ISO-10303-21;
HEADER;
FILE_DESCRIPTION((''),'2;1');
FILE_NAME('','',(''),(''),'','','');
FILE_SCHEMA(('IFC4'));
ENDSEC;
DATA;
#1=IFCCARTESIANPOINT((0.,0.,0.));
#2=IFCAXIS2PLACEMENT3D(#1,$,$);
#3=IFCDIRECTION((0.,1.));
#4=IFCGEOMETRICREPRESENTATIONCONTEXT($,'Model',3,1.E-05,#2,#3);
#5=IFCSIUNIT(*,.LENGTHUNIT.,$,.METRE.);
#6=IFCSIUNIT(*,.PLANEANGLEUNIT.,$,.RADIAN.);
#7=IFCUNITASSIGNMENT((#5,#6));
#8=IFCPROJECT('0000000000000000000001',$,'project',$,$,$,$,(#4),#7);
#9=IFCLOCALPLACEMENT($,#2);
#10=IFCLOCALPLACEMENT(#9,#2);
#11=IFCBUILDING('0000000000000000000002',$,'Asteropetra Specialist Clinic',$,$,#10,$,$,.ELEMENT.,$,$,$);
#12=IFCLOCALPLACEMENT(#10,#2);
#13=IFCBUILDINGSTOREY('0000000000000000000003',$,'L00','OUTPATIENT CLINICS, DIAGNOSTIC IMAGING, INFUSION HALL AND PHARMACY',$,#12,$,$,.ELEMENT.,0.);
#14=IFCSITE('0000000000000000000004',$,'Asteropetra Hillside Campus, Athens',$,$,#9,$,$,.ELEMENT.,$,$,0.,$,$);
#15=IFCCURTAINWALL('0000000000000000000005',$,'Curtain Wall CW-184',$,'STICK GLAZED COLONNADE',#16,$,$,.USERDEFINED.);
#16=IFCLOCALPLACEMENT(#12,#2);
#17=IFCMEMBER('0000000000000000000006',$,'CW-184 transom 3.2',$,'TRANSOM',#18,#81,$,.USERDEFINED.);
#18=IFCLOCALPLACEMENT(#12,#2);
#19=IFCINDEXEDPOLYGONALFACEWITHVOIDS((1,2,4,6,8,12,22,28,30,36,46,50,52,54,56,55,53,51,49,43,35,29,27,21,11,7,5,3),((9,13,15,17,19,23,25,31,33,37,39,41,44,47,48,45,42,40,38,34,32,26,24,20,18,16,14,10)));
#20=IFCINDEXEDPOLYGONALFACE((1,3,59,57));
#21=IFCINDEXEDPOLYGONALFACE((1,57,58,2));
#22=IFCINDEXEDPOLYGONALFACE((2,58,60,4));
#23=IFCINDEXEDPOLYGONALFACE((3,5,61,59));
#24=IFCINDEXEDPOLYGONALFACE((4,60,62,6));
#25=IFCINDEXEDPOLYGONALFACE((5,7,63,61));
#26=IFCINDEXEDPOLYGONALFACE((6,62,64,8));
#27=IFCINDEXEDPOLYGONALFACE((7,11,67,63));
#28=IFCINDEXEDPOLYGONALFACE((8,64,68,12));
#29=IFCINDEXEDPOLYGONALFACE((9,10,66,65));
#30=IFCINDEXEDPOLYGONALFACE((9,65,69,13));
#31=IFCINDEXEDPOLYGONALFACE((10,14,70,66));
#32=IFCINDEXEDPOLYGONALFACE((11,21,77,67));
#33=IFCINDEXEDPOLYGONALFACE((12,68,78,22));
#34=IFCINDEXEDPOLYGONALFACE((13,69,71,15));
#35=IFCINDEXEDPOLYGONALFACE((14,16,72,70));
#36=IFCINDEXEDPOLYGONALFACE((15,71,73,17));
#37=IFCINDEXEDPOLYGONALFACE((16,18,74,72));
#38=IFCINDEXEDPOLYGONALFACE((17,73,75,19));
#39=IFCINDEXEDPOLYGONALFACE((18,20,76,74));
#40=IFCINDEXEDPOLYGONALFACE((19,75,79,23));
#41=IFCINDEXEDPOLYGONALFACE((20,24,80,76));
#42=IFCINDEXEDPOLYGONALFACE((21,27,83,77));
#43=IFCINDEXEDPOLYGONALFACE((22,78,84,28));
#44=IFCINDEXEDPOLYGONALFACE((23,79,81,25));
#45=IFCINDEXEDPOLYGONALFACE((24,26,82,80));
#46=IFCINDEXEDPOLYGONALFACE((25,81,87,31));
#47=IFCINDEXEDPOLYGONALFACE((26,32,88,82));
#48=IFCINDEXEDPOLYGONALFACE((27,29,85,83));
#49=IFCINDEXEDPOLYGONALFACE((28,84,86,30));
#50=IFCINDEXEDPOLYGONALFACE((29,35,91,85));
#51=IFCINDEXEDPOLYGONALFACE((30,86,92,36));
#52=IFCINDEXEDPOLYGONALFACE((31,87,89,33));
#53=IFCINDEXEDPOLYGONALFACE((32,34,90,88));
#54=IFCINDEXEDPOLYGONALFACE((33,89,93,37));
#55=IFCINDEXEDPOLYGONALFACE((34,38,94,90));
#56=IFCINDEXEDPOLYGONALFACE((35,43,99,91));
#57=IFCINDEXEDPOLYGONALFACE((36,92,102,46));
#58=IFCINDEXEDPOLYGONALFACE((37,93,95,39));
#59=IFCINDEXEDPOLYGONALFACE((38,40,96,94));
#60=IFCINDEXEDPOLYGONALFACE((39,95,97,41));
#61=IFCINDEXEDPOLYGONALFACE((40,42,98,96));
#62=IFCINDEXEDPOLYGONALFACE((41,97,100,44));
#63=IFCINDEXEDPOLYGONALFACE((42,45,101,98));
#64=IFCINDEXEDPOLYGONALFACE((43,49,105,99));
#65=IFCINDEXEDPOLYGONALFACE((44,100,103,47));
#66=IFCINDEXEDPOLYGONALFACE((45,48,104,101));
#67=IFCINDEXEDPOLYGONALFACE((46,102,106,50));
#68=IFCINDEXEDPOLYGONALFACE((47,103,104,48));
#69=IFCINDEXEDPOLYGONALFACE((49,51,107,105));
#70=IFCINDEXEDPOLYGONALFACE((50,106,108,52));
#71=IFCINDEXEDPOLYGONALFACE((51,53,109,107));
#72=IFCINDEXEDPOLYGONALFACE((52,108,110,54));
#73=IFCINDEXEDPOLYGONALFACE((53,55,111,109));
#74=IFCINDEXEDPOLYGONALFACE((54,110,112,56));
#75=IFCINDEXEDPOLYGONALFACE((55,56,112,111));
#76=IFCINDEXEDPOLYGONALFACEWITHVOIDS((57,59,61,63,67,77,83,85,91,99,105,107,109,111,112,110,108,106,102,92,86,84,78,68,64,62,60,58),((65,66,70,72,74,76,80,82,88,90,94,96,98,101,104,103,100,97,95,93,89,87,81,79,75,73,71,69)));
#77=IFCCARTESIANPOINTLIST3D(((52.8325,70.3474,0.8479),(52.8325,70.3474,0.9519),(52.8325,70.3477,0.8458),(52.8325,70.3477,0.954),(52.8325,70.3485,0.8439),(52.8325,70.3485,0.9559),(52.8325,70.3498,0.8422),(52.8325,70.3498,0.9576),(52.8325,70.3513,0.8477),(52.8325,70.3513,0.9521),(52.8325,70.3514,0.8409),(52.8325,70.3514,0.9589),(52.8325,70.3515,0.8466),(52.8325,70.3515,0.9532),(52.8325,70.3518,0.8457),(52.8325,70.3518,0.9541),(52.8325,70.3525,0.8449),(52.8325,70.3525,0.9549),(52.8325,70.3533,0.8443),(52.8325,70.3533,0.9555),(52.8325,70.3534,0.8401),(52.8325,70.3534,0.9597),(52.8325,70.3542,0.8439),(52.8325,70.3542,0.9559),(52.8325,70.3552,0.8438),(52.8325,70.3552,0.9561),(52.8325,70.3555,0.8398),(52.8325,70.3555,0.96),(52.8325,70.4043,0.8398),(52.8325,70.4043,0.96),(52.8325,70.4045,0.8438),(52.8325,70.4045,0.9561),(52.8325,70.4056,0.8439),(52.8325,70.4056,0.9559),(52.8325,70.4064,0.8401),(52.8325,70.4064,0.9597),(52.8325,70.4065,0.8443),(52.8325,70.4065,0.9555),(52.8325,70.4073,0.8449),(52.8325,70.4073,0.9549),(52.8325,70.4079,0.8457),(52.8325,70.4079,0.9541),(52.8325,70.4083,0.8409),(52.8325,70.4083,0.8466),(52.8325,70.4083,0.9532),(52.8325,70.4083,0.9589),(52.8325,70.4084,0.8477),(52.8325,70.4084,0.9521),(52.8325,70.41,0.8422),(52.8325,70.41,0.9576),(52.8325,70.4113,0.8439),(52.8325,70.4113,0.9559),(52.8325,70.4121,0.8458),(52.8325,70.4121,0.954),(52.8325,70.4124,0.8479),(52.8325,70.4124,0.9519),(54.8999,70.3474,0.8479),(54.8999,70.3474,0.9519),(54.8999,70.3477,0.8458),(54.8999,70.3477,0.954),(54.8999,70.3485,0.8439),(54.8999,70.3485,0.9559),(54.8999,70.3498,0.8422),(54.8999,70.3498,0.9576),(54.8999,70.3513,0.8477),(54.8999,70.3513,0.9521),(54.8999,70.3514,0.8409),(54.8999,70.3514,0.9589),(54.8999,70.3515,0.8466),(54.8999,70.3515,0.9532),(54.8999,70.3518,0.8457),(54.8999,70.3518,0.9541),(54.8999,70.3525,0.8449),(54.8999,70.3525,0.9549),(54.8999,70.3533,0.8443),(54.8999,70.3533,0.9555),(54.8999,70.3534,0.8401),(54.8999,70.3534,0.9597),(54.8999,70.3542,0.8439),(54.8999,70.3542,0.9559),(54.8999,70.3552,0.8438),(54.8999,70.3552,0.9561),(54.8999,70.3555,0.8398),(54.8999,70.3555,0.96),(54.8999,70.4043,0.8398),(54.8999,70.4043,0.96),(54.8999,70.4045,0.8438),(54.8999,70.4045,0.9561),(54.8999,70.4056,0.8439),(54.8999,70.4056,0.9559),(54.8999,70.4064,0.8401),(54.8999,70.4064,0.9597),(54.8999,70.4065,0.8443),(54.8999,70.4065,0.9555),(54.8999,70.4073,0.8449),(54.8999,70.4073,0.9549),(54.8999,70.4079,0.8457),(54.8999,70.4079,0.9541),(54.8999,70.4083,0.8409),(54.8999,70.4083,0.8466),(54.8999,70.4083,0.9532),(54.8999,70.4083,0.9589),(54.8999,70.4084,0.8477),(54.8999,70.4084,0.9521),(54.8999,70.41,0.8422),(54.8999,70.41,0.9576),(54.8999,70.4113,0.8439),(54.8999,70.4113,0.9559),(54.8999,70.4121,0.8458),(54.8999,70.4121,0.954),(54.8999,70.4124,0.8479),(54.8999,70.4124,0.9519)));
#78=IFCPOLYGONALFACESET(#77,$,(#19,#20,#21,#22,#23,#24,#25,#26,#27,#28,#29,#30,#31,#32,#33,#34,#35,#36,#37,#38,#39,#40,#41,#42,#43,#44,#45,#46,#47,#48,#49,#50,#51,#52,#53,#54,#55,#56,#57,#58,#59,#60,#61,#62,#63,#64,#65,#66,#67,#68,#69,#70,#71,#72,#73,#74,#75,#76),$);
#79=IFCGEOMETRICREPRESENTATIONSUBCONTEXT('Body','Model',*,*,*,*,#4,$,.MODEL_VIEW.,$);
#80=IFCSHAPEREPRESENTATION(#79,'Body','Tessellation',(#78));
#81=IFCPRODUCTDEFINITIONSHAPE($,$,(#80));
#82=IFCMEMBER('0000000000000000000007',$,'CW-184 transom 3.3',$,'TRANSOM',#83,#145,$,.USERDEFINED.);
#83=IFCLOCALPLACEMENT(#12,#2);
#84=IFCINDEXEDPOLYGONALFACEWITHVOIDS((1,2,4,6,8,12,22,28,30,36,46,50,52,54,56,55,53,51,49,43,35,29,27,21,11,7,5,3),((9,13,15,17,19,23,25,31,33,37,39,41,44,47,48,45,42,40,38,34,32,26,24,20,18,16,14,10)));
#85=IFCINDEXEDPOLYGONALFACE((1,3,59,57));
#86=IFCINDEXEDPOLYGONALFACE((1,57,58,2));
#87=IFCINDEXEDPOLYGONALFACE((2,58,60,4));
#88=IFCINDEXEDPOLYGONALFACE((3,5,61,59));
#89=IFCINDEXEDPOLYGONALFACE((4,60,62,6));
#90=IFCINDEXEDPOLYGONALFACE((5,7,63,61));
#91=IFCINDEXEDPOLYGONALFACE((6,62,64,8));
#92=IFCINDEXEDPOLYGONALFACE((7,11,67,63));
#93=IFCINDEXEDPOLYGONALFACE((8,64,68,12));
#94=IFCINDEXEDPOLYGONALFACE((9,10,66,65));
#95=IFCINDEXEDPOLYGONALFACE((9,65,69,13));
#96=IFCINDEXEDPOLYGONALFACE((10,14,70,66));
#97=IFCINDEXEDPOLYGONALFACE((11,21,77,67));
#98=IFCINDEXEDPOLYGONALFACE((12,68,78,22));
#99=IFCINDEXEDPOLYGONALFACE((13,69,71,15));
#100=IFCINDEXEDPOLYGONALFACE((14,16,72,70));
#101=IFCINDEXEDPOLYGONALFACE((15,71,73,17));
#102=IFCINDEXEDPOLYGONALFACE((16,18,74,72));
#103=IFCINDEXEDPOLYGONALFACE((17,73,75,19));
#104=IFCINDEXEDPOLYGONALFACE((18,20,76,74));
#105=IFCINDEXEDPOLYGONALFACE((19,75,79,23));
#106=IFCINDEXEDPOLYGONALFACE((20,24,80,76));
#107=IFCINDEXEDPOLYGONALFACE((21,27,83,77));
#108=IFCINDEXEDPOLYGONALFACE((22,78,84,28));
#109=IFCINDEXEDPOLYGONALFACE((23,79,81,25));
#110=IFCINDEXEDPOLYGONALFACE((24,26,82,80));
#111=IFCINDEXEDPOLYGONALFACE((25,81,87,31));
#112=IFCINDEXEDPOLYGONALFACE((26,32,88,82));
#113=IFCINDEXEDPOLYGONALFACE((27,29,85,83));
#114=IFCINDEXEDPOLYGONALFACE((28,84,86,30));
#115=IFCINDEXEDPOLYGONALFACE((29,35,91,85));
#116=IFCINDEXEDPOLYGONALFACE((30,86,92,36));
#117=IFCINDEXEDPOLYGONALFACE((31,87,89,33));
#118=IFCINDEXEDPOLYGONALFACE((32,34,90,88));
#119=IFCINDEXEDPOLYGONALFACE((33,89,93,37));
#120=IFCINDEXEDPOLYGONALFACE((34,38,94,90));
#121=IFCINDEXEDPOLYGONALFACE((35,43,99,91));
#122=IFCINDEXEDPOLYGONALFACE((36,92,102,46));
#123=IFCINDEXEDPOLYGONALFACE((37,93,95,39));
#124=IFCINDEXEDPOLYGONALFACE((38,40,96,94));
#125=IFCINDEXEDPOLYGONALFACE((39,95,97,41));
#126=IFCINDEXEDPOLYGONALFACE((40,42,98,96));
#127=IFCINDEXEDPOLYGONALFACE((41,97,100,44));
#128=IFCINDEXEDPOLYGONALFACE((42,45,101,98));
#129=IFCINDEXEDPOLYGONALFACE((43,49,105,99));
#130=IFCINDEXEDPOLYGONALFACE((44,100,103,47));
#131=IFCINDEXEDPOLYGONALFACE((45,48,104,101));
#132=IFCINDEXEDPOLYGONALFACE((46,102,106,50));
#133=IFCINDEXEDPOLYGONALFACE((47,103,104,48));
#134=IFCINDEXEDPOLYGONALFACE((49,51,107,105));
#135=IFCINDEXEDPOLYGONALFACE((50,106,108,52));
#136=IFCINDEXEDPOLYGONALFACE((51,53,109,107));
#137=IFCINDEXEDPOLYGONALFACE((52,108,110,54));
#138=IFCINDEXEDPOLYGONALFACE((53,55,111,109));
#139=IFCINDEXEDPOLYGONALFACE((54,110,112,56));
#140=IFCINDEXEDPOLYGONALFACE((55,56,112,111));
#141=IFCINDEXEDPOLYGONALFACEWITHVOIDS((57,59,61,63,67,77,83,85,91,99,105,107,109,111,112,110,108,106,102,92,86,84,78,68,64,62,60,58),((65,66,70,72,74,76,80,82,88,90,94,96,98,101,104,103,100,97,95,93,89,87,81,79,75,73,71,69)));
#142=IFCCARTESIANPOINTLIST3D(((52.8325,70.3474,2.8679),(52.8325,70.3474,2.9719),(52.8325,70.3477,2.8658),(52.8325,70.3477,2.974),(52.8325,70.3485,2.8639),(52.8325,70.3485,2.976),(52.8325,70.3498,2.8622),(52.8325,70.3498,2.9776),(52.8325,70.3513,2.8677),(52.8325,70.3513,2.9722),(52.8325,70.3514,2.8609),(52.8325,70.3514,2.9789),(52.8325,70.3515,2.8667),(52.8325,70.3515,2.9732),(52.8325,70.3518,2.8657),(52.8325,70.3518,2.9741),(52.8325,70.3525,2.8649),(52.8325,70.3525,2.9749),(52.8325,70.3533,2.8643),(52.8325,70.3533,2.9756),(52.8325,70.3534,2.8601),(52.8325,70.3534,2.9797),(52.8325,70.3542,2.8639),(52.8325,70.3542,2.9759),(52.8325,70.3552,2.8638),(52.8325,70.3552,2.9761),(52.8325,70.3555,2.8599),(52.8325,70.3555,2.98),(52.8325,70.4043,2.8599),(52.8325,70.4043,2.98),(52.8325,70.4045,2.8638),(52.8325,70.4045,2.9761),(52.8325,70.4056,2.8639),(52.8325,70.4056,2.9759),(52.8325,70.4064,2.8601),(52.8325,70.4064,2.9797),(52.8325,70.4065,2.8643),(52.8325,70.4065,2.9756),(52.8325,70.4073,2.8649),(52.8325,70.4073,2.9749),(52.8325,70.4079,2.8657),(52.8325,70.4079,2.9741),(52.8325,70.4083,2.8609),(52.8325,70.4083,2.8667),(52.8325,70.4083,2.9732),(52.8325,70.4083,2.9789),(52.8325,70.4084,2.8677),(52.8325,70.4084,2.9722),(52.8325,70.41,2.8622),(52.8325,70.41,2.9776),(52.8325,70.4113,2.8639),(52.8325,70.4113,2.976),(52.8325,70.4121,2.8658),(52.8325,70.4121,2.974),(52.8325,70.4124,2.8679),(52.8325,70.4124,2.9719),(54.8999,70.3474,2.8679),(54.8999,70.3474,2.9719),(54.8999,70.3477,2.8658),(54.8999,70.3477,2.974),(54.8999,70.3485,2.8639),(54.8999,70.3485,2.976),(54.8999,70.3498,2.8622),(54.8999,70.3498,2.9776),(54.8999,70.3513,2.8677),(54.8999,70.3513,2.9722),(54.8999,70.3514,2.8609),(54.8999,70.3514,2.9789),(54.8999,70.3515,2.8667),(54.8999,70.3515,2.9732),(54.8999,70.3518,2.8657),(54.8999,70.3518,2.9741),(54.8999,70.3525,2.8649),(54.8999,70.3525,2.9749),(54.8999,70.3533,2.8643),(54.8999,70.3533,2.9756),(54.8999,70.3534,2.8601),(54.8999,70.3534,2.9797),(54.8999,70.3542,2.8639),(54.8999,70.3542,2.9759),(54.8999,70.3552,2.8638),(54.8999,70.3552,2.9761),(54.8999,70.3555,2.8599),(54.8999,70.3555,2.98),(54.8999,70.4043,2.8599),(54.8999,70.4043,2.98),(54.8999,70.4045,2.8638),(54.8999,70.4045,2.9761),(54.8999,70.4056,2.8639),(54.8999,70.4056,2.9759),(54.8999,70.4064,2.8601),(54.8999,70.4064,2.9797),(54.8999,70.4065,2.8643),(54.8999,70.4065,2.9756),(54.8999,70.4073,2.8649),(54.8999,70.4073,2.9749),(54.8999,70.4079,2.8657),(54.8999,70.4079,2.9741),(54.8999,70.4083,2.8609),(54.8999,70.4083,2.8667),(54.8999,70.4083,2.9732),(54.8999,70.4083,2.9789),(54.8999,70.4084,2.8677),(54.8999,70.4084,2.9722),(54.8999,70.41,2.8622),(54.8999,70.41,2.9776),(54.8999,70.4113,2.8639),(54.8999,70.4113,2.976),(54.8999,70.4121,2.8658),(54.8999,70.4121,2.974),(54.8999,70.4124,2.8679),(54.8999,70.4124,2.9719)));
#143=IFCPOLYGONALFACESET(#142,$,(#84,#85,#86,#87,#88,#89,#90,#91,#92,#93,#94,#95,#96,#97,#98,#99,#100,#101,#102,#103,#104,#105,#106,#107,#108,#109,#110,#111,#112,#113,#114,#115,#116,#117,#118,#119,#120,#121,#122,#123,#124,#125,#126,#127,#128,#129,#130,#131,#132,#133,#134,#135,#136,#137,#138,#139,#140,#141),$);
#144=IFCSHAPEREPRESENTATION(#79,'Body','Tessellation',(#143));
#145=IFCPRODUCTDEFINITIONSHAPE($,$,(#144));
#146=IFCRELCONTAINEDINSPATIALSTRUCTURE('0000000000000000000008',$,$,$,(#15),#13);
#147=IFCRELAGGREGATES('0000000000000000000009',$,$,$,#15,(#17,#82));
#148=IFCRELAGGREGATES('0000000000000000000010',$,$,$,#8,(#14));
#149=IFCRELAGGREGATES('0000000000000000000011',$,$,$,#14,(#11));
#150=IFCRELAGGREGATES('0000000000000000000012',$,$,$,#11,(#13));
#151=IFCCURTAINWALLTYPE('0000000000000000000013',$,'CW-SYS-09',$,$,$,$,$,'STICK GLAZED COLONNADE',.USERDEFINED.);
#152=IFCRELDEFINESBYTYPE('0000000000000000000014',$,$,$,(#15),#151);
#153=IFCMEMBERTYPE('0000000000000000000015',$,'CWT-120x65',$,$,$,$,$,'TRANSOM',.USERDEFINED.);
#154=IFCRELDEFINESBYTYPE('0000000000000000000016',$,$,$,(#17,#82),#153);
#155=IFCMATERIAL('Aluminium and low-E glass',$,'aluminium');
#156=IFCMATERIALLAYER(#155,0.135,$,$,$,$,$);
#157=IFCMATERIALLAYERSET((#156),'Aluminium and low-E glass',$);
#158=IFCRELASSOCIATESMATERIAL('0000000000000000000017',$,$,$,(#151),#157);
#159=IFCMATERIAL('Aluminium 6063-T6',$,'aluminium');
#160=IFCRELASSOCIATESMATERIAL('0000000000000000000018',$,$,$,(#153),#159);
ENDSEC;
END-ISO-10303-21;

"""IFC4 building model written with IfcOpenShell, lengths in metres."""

from ifc_helpers import new_model, si_unit, direction, frame, origin, origin_2d, place, context, subcontext, project, spatial, hollow_rectangle, extrude, material, layer, layer_set, material_profile, profile_set, type_object, element, aggregate, save


model = new_model("IFC4")

# Units and contexts
model_context = context("Model", 3, precision=1e-05, world=origin(), true_north=direction((0.0, 1.0)))
body_context = subcontext(model_context, "Body", "Model", "MODEL_VIEW")
ifc_project = project(units=[si_unit("LENGTHUNIT", "METRE"), si_unit("PLANEANGLEUNIT", "RADIAN")], contexts=[model_context])

# Site, building, storey
site_placement = place(None, origin())
site = spatial("IfcSite", under=ifc_project, at=site_placement, Name="Asteropetra Hillside Campus, Athens", CompositionType="ELEMENT", RefElevation=0.0)
building_placement = place(site_placement, origin())
building = spatial("IfcBuilding", under=site, at=building_placement, Name="Asteropetra Specialist Clinic", CompositionType="ELEMENT")
storey_placement = place(building_placement, origin())
storey = spatial("IfcBuildingStorey", under=building, at=storey_placement, Name="L00", Description="OUTPATIENT CLINICS, DIAGNOSTIC IMAGING, INFUSION HALL AND PHARMACY", CompositionType="ELEMENT", Elevation=0.0)

# Curtain wall
ifc_material_1 = material(Name="Aluminium and low-E glass", Category="aluminium")
ifc_layer_1 = layer(ifc_material_1, 0.135)
ifc_layer_set_1 = layer_set([ifc_layer_1], Name="Aluminium and low-E glass")
curtain_wall_type_1 = type_object("IfcCurtainWallType", Name="CW-SYS-09", ElementType="STICK GLAZED COLONNADE", PredefinedType="USERDEFINED", material=ifc_layer_set_1)
curtain_wall_1_placement = place(storey_placement, origin())
curtain_wall_1 = element("IfcCurtainWall", 1, at=curtain_wall_1_placement, inside=storey, type_object=curtain_wall_type_1, Name="Curtain Wall CW-184", ObjectType="STICK GLAZED COLONNADE", PredefinedType="USERDEFINED")

# Members
ifc_material_2 = material(Name="Aluminium 6063-T6", Category="aluminium")
ifc_material_profile_1 = material_profile(ifc_material_2, hollow_rectangle(XDim=0.0649, YDim=0.1201, WallThickness=0.0039, InnerFilletRadius=0.0039, OuterFilletRadius=0.0081, at=origin_2d()), Name="TRN 120x65x4.0")
ifc_profile_set_1 = profile_set([ifc_material_profile_1], Name="Aluminium 6063-T6")
member_type_1 = type_object("IfcMemberType", Name="CWT-120x65", ElementType="TRANSOM", PredefinedType="USERDEFINED", material=ifc_profile_set_1)
member_1_placement = place(storey_placement, frame((52.8325, 70.3799, 0.8999), z_axis=(1.0, 0.0, 0.0), x_axis=(0.0, 1.0, 0.0)))
member_1 = element("IfcMember", 2, at=member_1_placement, type_object=member_type_1, Name="CW-184 transom 3.2", ObjectType="TRANSOM", PredefinedType="USERDEFINED", context=body_context, shape_type="SweptSolid", body=[
    extrude(hollow_rectangle(XDim=0.0649, YDim=0.1201, WallThickness=0.0039, InnerFilletRadius=0.0039, OuterFilletRadius=0.0081, at=origin_2d()), origin(), (0.0, 0.0, 1.0), 2.0674),
])
member_2_placement = place(storey_placement, frame((52.8325, 70.3799, 2.9199), z_axis=(1.0, 0.0, 0.0), x_axis=(0.0, 1.0, 0.0)))
member_2 = element("IfcMember", 3, at=member_2_placement, type_object=member_type_1, Name="CW-184 transom 3.3", ObjectType="TRANSOM", PredefinedType="USERDEFINED", context=body_context, shape_type="SweptSolid", body=[
    extrude(hollow_rectangle(XDim=0.0649, YDim=0.1201, WallThickness=0.0039, InnerFilletRadius=0.0039, OuterFilletRadius=0.0081, at=origin_2d()), origin(), (0.0, 0.0, 1.0), 2.0674),
])

aggregate(curtain_wall_1, [member_1, member_2])

save(model, "model.ifc")
